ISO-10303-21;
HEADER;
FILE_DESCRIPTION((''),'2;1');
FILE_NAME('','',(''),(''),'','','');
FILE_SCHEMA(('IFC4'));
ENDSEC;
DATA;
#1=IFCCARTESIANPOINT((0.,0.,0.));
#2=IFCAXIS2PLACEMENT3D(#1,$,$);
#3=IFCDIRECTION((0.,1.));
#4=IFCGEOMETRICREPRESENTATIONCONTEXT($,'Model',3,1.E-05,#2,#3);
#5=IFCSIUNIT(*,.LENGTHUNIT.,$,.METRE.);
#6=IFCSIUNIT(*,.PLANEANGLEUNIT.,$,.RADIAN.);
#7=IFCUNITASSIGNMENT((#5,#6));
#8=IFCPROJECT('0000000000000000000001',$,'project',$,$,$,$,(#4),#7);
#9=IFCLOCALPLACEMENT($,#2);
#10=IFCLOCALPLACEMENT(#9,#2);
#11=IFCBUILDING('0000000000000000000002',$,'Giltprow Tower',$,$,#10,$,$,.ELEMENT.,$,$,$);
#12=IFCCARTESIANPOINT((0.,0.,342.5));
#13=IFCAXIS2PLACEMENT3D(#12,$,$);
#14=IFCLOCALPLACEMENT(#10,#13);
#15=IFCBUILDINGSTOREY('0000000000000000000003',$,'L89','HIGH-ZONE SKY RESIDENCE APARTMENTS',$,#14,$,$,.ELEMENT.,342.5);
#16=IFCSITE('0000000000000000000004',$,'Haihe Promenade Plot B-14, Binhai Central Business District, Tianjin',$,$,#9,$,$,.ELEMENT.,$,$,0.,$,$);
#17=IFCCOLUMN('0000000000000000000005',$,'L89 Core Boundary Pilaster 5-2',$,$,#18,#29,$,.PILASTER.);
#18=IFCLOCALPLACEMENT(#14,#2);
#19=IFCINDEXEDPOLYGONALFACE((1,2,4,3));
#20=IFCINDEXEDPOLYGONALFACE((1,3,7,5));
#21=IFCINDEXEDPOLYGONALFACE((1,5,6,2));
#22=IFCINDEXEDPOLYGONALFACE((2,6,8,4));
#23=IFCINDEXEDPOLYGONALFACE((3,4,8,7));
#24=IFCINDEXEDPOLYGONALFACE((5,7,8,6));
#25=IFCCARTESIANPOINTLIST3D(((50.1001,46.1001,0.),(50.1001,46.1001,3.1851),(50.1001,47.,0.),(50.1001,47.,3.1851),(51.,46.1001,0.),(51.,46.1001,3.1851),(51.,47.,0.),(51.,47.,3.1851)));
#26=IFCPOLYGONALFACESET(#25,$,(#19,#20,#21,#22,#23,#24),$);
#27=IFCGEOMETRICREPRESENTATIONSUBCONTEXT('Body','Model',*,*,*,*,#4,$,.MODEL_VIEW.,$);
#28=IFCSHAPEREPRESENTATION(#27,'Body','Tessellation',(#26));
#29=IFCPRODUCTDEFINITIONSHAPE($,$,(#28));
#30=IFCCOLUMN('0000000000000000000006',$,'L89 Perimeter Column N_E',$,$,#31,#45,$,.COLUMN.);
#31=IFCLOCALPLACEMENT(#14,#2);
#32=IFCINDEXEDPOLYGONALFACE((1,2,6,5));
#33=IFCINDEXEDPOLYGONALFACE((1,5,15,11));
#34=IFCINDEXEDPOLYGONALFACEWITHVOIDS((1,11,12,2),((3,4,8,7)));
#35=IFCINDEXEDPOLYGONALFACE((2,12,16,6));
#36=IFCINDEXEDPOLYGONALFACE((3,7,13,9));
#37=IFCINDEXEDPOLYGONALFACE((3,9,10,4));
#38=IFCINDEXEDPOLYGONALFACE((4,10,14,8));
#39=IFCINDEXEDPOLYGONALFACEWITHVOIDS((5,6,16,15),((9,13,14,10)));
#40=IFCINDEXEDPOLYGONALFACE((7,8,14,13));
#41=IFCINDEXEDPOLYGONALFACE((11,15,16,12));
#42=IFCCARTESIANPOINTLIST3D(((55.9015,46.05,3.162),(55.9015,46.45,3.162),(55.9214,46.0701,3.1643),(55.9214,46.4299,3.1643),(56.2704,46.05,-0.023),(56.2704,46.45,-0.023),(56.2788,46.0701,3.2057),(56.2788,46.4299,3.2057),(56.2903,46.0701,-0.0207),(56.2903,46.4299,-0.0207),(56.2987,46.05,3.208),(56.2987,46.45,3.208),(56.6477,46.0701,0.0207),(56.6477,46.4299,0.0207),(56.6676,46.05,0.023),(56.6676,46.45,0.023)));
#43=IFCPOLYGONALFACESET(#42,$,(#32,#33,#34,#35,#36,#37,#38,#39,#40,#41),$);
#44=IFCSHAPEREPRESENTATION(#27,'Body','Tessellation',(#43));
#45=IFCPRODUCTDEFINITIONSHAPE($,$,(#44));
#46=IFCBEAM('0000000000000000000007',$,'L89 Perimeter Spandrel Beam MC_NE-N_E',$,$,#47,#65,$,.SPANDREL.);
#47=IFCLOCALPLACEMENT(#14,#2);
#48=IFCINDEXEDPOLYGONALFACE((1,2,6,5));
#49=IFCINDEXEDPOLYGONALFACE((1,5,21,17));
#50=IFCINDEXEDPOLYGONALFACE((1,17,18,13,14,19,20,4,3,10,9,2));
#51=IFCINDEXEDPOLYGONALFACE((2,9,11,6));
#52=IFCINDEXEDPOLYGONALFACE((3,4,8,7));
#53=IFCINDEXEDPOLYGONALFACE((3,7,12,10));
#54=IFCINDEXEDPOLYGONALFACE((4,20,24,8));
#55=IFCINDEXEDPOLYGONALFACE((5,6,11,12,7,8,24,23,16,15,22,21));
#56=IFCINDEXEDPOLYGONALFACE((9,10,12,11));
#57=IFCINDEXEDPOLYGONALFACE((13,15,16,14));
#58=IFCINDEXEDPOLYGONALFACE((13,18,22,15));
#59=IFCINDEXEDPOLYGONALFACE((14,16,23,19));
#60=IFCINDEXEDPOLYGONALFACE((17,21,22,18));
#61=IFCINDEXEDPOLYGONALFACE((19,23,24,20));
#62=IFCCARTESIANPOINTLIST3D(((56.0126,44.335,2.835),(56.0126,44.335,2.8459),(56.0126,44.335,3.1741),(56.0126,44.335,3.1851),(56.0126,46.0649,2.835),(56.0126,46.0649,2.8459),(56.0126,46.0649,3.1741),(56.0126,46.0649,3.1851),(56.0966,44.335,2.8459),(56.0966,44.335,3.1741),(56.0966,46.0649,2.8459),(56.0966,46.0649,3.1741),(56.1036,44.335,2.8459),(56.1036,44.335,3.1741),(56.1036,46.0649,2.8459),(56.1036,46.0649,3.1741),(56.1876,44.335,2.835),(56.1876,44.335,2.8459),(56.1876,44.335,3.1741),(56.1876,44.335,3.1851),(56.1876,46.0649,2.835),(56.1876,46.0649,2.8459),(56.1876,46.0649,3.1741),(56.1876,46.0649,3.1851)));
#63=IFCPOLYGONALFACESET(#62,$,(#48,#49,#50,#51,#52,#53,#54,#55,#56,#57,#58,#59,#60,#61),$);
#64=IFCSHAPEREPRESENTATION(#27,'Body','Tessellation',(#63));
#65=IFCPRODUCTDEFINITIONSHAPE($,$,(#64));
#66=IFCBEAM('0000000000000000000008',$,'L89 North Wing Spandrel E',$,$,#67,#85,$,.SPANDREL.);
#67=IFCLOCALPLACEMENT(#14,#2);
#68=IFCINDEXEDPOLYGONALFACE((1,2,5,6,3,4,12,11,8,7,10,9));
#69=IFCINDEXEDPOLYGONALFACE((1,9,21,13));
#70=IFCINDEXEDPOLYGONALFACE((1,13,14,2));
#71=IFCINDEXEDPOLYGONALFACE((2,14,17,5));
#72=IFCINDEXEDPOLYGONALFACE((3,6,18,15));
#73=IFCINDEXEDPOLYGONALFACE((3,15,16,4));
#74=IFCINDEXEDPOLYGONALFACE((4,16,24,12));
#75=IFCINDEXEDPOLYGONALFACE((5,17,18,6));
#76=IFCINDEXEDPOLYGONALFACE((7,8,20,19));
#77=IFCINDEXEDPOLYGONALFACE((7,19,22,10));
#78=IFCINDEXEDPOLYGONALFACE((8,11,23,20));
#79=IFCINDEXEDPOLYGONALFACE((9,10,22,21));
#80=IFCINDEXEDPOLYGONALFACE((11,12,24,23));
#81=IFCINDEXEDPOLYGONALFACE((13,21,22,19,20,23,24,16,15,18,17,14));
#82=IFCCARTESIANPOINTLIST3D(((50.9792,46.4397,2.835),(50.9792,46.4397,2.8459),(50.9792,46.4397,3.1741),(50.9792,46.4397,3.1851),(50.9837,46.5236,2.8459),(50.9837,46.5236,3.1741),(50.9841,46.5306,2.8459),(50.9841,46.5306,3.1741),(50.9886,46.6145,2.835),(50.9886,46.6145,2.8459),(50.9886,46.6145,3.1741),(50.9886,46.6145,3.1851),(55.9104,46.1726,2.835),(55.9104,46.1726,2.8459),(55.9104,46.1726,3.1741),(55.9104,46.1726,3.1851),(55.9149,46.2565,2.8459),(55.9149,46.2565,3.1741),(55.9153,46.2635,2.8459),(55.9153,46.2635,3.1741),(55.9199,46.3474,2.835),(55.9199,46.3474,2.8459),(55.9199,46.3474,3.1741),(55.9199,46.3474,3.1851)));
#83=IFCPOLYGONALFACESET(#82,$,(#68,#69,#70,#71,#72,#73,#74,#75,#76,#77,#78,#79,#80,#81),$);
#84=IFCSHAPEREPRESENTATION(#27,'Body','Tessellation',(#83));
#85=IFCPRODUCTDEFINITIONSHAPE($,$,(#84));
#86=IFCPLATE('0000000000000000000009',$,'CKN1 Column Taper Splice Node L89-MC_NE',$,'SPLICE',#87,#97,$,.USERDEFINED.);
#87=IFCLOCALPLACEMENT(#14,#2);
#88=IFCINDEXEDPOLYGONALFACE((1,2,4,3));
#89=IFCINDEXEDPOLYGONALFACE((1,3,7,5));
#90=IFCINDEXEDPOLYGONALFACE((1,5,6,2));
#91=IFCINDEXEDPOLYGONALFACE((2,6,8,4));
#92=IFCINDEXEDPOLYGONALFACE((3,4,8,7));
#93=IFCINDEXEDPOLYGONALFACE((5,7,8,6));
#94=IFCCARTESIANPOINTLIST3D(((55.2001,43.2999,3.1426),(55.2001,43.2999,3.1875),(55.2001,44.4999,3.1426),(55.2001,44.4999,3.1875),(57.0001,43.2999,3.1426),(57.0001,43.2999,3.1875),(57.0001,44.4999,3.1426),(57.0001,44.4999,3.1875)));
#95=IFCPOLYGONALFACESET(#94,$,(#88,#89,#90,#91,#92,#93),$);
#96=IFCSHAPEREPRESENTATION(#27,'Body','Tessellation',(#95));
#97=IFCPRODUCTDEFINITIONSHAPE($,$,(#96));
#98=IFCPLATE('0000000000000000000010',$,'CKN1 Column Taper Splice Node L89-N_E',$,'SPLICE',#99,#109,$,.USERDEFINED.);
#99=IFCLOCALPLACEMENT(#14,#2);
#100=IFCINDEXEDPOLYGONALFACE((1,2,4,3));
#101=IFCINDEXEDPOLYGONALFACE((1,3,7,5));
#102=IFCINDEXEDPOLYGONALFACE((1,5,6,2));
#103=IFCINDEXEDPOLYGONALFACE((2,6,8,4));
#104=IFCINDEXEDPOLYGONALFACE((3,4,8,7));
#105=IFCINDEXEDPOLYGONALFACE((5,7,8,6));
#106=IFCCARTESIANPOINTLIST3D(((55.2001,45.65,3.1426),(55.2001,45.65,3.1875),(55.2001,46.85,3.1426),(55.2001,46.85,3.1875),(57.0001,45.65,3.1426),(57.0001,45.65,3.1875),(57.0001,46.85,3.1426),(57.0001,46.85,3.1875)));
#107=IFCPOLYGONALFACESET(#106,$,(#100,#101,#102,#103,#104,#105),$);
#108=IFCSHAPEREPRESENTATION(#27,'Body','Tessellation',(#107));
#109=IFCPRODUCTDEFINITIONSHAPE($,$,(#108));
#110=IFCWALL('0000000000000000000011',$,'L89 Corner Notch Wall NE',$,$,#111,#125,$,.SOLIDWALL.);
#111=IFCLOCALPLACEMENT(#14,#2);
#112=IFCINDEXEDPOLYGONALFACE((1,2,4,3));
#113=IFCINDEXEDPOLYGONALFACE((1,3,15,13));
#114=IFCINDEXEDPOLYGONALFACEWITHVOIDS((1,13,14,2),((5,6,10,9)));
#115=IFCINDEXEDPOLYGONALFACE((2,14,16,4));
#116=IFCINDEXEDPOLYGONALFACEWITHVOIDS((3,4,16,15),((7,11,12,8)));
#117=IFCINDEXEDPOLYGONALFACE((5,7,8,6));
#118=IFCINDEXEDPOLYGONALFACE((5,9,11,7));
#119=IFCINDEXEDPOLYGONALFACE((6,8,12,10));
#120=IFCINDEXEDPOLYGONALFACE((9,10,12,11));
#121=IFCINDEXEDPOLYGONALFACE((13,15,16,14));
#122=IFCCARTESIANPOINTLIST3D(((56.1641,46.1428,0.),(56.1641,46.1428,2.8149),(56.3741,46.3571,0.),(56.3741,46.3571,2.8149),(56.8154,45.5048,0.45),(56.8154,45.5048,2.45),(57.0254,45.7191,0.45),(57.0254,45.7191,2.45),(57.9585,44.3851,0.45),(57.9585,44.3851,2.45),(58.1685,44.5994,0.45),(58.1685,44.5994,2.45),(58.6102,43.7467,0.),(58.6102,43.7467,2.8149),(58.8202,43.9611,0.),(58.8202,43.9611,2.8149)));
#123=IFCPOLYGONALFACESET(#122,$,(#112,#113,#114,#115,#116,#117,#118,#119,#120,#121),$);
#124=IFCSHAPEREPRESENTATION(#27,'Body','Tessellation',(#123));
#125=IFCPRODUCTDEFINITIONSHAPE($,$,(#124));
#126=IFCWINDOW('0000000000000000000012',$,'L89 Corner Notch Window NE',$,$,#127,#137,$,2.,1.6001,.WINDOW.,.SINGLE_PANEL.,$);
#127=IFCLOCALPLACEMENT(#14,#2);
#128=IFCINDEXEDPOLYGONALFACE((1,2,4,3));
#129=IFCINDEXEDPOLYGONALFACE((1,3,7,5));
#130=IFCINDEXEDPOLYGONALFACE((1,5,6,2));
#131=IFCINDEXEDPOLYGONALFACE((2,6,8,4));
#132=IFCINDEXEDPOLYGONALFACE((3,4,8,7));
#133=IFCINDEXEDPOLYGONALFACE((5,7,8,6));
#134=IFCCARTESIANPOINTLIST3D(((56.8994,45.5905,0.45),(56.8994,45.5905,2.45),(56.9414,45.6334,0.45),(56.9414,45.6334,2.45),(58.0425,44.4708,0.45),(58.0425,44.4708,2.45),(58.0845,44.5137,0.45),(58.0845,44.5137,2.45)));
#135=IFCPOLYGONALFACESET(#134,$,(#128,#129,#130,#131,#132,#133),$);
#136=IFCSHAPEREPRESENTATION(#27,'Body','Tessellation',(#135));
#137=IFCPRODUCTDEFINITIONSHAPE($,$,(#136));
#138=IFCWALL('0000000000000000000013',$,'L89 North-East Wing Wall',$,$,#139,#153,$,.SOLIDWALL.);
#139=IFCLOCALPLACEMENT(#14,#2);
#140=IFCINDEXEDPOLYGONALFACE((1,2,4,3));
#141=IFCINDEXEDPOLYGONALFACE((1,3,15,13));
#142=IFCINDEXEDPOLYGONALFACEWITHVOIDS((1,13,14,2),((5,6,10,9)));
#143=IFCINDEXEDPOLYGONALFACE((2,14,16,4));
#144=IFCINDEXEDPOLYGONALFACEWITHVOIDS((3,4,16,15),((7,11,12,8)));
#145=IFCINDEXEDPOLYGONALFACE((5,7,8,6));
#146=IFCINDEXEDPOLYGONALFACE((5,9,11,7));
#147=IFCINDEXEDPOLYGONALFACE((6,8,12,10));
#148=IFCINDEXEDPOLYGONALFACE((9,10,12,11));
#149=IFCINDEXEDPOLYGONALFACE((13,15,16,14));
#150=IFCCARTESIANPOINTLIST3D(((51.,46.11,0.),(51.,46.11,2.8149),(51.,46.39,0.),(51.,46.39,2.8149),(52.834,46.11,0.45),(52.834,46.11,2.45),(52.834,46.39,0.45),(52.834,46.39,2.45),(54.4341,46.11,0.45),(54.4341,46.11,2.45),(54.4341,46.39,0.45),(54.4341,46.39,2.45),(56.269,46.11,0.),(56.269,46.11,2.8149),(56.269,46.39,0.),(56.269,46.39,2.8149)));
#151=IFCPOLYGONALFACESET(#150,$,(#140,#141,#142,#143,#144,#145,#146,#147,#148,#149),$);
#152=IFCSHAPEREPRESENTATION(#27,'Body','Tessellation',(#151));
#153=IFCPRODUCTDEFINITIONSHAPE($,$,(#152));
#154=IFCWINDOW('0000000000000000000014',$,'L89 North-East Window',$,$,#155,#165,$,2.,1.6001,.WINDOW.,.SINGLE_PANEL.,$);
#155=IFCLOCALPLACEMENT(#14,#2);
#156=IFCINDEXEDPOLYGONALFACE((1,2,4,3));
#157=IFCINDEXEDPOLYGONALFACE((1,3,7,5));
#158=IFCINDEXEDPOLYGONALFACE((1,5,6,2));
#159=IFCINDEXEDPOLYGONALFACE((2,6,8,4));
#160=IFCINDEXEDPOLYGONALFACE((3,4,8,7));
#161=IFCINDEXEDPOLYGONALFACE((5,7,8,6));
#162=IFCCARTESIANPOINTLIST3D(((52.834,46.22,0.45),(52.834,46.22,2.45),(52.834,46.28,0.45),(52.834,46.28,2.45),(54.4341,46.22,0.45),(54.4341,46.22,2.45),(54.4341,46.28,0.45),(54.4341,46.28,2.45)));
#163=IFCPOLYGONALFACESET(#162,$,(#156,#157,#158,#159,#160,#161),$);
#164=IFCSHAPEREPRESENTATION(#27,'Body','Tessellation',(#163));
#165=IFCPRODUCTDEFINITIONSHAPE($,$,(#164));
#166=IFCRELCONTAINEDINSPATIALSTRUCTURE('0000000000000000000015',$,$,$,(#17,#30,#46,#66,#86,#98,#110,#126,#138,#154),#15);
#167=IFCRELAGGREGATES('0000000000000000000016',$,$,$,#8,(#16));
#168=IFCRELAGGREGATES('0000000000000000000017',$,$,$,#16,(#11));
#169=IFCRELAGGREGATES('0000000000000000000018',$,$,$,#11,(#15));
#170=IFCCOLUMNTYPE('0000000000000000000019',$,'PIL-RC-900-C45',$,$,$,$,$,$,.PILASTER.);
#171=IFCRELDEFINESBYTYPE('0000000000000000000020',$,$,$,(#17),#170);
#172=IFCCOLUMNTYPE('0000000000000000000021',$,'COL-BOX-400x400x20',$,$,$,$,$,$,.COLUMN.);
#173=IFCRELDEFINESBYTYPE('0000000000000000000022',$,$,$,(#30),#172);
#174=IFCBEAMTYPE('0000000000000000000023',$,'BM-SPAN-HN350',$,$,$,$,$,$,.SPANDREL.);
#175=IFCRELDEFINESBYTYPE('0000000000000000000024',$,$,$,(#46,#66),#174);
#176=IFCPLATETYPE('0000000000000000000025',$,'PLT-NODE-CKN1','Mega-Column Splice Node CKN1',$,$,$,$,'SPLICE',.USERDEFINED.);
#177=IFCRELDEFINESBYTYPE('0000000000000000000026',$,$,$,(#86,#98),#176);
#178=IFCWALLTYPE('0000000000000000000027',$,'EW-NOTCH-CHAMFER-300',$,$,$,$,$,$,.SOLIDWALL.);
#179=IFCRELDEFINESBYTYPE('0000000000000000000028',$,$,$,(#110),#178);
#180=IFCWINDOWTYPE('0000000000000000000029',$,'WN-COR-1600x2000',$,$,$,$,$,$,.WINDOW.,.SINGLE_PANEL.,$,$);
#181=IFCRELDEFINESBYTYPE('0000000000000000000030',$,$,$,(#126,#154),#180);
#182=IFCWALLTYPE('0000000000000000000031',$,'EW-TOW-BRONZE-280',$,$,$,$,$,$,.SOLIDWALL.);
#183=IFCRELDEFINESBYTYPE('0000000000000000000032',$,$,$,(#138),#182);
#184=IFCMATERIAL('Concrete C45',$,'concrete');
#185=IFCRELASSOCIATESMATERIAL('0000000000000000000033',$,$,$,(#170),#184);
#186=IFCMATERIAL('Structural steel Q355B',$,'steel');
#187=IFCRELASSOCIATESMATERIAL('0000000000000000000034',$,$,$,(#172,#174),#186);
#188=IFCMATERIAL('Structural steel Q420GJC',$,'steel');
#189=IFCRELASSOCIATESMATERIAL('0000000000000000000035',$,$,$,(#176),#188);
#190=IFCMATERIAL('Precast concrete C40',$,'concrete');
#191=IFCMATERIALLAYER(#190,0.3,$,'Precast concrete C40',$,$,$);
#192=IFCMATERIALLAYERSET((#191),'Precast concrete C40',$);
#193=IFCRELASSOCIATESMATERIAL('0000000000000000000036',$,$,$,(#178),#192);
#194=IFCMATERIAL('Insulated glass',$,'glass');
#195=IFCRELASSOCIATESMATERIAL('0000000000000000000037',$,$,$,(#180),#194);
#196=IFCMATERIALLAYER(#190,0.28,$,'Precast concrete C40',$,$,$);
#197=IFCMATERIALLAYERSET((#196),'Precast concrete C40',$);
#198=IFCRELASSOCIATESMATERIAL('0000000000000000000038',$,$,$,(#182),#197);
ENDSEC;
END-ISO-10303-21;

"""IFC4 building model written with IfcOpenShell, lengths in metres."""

from ifc_helpers import new_model, si_unit, direction, frame, frame_2d, origin, origin_2d, place, context, subcontext, project, spatial, rectangle, hollow_rectangle, i_section, extrude, source, transform, mapped, material, layer, layer_set, material_profile, profile_set, type_object, element, fill, save


model = new_model("IFC4")

# Units and contexts
model_context = context("Model", 3, precision=1e-05, world=origin(), true_north=direction((0.0, 1.0)))
body_context = subcontext(model_context, "Body", "Model", "MODEL_VIEW")
ifc_project = project(units=[si_unit("LENGTHUNIT", "METRE"), si_unit("PLANEANGLEUNIT", "RADIAN")], contexts=[model_context])

# Site, building, storey
site_placement = place(None, origin())
site = spatial("IfcSite", under=ifc_project, at=site_placement, Name="Haihe Promenade Plot B-14, Binhai Central Business District, Tianjin", CompositionType="ELEMENT", RefElevation=0.0)
building_placement = place(site_placement, origin())
building = spatial("IfcBuilding", under=site, at=building_placement, Name="Giltprow Tower", CompositionType="ELEMENT")
storey_placement = place(building_placement, frame((0.0, 0.0, 342.5)))
storey = spatial("IfcBuildingStorey", under=building, at=storey_placement, Name="L89", Description="HIGH-ZONE SKY RESIDENCE APARTMENTS", CompositionType="ELEMENT", Elevation=342.5)

# Columns
ifc_material_1 = material(Name="Concrete C45", Category="concrete")
ifc_material_profile_1 = material_profile(ifc_material_1, rectangle(XDim=0.8999, YDim=0.8999, at=origin_2d()), Name="RC 900x900")
ifc_profile_set_1 = profile_set([ifc_material_profile_1], Name="Concrete C45")
column_type_1 = type_object("IfcColumnType", Name="PIL-RC-900-C45", PredefinedType="PILASTER", material=ifc_profile_set_1)
shared_shape_1 = source(origin(), body_context, "Body", "SweptSolid", [
    extrude(rectangle(XDim=0.8999, YDim=0.8999, at=origin_2d()), origin(), (0.0, 0.0, 1.0), 3.1851),
])
column_1_placement = place(storey_placement, frame((50.55, 46.55, 0.0), z_axis=(0.0, 0.0, 1.0), x_axis=(1.0, 0.0, 0.0)))
element("IfcColumn", 1, at=column_1_placement, inside=storey, type_object=column_type_1, Name="L89 Core Boundary Pilaster 5-2", PredefinedType="PILASTER", context=body_context, shape_type="MappedRepresentation", body=[
    mapped(shared_shape_1, transform((0.0, 0.0, 0.0), x_axis=(1.0, 0.0, 0.0), y_axis=(0.0, 1.0, 0.0), z_axis=(0.0, 0.0, 1.0), scale=1.0)),
])
ifc_material_2 = material(Name="Structural steel Q355B", Category="steel")
ifc_material_profile_2 = material_profile(ifc_material_2, hollow_rectangle(XDim=0.3999, YDim=0.3999, WallThickness=0.02, at=origin_2d()), Name="BOX 400x400x20")
ifc_profile_set_2 = profile_set([ifc_material_profile_2], Name="Structural steel Q355B")
column_type_2 = type_object("IfcColumnType", Name="COL-BOX-400x400x20", PredefinedType="COLUMN", material=ifc_profile_set_2)
shared_shape_2 = source(origin(), body_context, "Body", "SweptSolid", [
    extrude(hollow_rectangle(XDim=0.3999, YDim=0.3999, WallThickness=0.02, at=origin_2d()), origin(), (0.0, 0.0, 1.0), 3.2063),
])
column_2_placement = place(storey_placement, frame((56.469, 46.25, 0.0), z_axis=(-0.115052, 0.0, 0.993359), x_axis=(0.0, -1.0, 0.0)))
element("IfcColumn", 2, at=column_2_placement, inside=storey, type_object=column_type_2, Name="L89 Perimeter Column N_E", PredefinedType="COLUMN", context=body_context, shape_type="MappedRepresentation", body=[
    mapped(shared_shape_2, transform((0.0, 0.0, 0.0), x_axis=(1.0, 0.0, 0.0), y_axis=(0.0, 1.0, 0.0), z_axis=(0.0, 0.0, 1.0), scale=1.0)),
])

# Beams
ifc_material_profile_3 = material_profile(ifc_material_2, i_section(OverallWidth=0.175, OverallDepth=0.3501, WebThickness=0.0071, FlangeThickness=0.011, at=origin_2d()), Name="HN 350x175x7x11")
ifc_profile_set_3 = profile_set([ifc_material_profile_3], Name="Structural steel Q355B")
beam_type = type_object("IfcBeamType", Name="BM-SPAN-HN350", PredefinedType="SPANDREL", material=ifc_profile_set_3)
shared_shape_3 = source(origin(), body_context, "Body", "SweptSolid", [
    extrude(i_section(OverallWidth=0.175, OverallDepth=0.3501, WebThickness=0.0071, FlangeThickness=0.011, at=origin_2d()), origin(), (0.0, 0.0, 1.0), 1.73),
])
beam_1_placement = place(storey_placement, frame((56.1001, 44.335, 3.01), z_axis=(0.0, 1.0, 0.0), x_axis=(-1.0, 0.0, 0.0)))
element("IfcBeam", 3, at=beam_1_placement, inside=storey, type_object=beam_type, Name="L89 Perimeter Spandrel Beam MC_NE-N_E", PredefinedType="SPANDREL", context=body_context, shape_type="MappedRepresentation", body=[
    mapped(shared_shape_3, transform((0.0, 0.0, 0.0), x_axis=(1.0, 0.0, 0.0), y_axis=(0.0, 1.0, 0.0), z_axis=(0.0, 0.0, 1.0), scale=1.0)),
])
shared_shape_4 = source(origin(), body_context, "Body", "SweptSolid", [
    extrude(i_section(OverallWidth=0.175, OverallDepth=0.3501, WebThickness=0.0071, FlangeThickness=0.011, at=origin_2d()), origin(), (0.0, 0.0, 1.0), 4.9385),
])
beam_2_placement = place(storey_placement, frame((50.9839, 46.5271, 3.01), z_axis=(0.998536, -0.054085, 0.0), x_axis=(0.054085, 0.998536, 0.0)))
element("IfcBeam", 4, at=beam_2_placement, inside=storey, type_object=beam_type, Name="L89 North Wing Spandrel E", PredefinedType="SPANDREL", context=body_context, shape_type="MappedRepresentation", body=[
    mapped(shared_shape_4, transform((0.0, 0.0, 0.0), x_axis=(1.0, 0.0, 0.0), y_axis=(0.0, 1.0, 0.0), z_axis=(0.0, 0.0, 1.0), scale=1.0)),
])

# Plates
ifc_material_3 = material(Name="Structural steel Q420GJC", Category="steel")
plate_type = type_object("IfcPlateType", Name="PLT-NODE-CKN1", Description="Mega-Column Splice Node CKN1", ElementType="SPLICE", PredefinedType="USERDEFINED", material=ifc_material_3)
shared_shape_5 = source(origin(), body_context, "Body", "SweptSolid", [
    extrude(rectangle(XDim=1.8, YDim=1.2, at=origin_2d()), origin(), (0.0, 0.0, 1.0), 0.0449),
])
for number, where, z_axis, x_axis, name in (
    (5, (56.1001, 43.8999, 3.1426), (0.0, 0.0, 1.0), (1.0, 0.0, 0.0), "CKN1 Column Taper Splice Node L89-MC_NE"),
    (6, (56.1001, 46.25, 3.1426), (0.0, 0.0, 1.0), (1.0, 0.0, 0.0), "CKN1 Column Taper Splice Node L89-N_E"),
):
    element("IfcPlate", number, at=place(storey_placement, frame(where, z_axis=z_axis, x_axis=x_axis)), inside=storey, type_object=plate_type, Name=name, ObjectType="SPLICE", PredefinedType="USERDEFINED", context=body_context, shape_type="MappedRepresentation", body=[
        mapped(shared_shape_5, transform((0.0, 0.0, 0.0), x_axis=(1.0, 0.0, 0.0), y_axis=(0.0, 1.0, 0.0), z_axis=(0.0, 0.0, 1.0), scale=1.0)),
    ])

# Walls, openings, windows
ifc_material_4 = material(Name="Precast concrete C40", Category="concrete")
ifc_layer_1 = layer(ifc_material_4, 0.3, Name="Precast concrete C40")
ifc_layer_set_1 = layer_set([ifc_layer_1], Name="Precast concrete C40")
wall_type_1 = type_object("IfcWallType", Name="EW-NOTCH-CHAMFER-300", PredefinedType="SOLIDWALL", material=ifc_layer_set_1)
wall_1_placement = place(storey_placement, frame((58.7151, 43.854, 0.0), z_axis=(0.0, 0.0, 1.0), x_axis=(-0.714377, 0.699761, 0.0)))
wall_1 = element("IfcWall", 7, at=wall_1_placement, inside=storey, type_object=wall_type_1, Name="L89 Corner Notch Wall NE", PredefinedType="SOLIDWALL", context=body_context, shape_type="SweptSolid", body=[
    extrude(rectangle(XDim=3.4241, YDim=0.3, at=frame_2d((1.7119, 0.0))), origin(), (0.0, 0.0, 1.0), 2.8149),
])
opening_1_placement = place(wall_1_placement, frame((0.9121, 0.0, 0.45)))
opening_1 = element("IfcOpeningElement", 8, at=opening_1_placement, cuts=wall_1, PredefinedType="OPENING", context=body_context, shape_type="SweptSolid", body=[
    extrude(rectangle(XDim=1.6001, YDim=2.0, at=frame_2d((0.8, 1.0))), frame((0.0, 0.1599, 0.0), z_axis=(0.0, -1.0, 0.0), x_axis=(1.0, 0.0, 0.0)), (0.0, 0.0, 1.0), 0.3201),
])
ifc_material_5 = material(Name="Insulated glass", Category="glass")
window_type = type_object("IfcWindowType", Name="WN-COR-1600x2000", PartitioningType="SINGLE_PANEL", PredefinedType="WINDOW", material=ifc_material_5)
shared_shape_6 = source(origin(), body_context, "Body", "SweptSolid", [
    extrude(rectangle(XDim=1.6001, YDim=2.0, at=frame_2d((0.8, 1.0))), frame((0.0, 0.03, 0.0), z_axis=(0.0, -1.0, 0.0), x_axis=(1.0, 0.0, 0.0)), (0.0, 0.0, 1.0), 0.0601),
])
window_1_placement = place(opening_1_placement, origin())
window_1 = element("IfcWindow", 9, at=window_1_placement, inside=storey, type_object=window_type, Name="L89 Corner Notch Window NE", OverallHeight=2.0, OverallWidth=1.6001, PartitioningType="SINGLE_PANEL", PredefinedType="WINDOW", context=body_context, shape_type="MappedRepresentation", body=[
    mapped(shared_shape_6, transform((0.0, 0.0, 0.0), x_axis=(1.0, 0.0, 0.0), y_axis=(0.0, 1.0, 0.0), z_axis=(0.0, 0.0, 1.0), scale=1.0)),
])
fill(opening_1, window_1)
ifc_layer_2 = layer(ifc_material_4, 0.28, Name="Precast concrete C40")
ifc_layer_set_2 = layer_set([ifc_layer_2], Name="Precast concrete C40")
wall_type_2 = type_object("IfcWallType", Name="EW-TOW-BRONZE-280", PredefinedType="SOLIDWALL", material=ifc_layer_set_2)
wall_2_placement = place(storey_placement, frame((51.0, 46.25, 0.0), z_axis=(0.0, 0.0, 1.0), x_axis=(1.0, 0.0, 0.0)))
wall_2 = element("IfcWall", 10, at=wall_2_placement, inside=storey, type_object=wall_type_2, Name="L89 North-East Wing Wall", PredefinedType="SOLIDWALL", context=body_context, shape_type="SweptSolid", body=[
    extrude(rectangle(XDim=5.269, YDim=0.28, at=frame_2d((2.6345, 0.0))), origin(), (0.0, 0.0, 1.0), 2.8149),
])
opening_2_placement = place(wall_2_placement, frame((1.834, 0.0, 0.45)))
opening_2 = element("IfcOpeningElement", 11, at=opening_2_placement, cuts=wall_2, PredefinedType="OPENING", context=body_context, shape_type="SweptSolid", body=[
    extrude(rectangle(XDim=1.6001, YDim=2.0, at=frame_2d((0.8, 1.0))), frame((0.0, 0.1499, 0.0), z_axis=(0.0, -1.0, 0.0), x_axis=(1.0, 0.0, 0.0)), (0.0, 0.0, 1.0), 0.3),
])
window_2_placement = place(opening_2_placement, origin())
window_2 = element("IfcWindow", 12, at=window_2_placement, inside=storey, type_object=window_type, Name="L89 North-East Window", OverallHeight=2.0, OverallWidth=1.6001, PartitioningType="SINGLE_PANEL", PredefinedType="WINDOW", context=body_context, shape_type="MappedRepresentation", body=[
    mapped(shared_shape_6, transform((0.0, 0.0, 0.0), x_axis=(1.0, 0.0, 0.0), y_axis=(0.0, 1.0, 0.0), z_axis=(0.0, 0.0, 1.0), scale=1.0)),
])
fill(opening_2, window_2)

save(model, "model.ifc")
